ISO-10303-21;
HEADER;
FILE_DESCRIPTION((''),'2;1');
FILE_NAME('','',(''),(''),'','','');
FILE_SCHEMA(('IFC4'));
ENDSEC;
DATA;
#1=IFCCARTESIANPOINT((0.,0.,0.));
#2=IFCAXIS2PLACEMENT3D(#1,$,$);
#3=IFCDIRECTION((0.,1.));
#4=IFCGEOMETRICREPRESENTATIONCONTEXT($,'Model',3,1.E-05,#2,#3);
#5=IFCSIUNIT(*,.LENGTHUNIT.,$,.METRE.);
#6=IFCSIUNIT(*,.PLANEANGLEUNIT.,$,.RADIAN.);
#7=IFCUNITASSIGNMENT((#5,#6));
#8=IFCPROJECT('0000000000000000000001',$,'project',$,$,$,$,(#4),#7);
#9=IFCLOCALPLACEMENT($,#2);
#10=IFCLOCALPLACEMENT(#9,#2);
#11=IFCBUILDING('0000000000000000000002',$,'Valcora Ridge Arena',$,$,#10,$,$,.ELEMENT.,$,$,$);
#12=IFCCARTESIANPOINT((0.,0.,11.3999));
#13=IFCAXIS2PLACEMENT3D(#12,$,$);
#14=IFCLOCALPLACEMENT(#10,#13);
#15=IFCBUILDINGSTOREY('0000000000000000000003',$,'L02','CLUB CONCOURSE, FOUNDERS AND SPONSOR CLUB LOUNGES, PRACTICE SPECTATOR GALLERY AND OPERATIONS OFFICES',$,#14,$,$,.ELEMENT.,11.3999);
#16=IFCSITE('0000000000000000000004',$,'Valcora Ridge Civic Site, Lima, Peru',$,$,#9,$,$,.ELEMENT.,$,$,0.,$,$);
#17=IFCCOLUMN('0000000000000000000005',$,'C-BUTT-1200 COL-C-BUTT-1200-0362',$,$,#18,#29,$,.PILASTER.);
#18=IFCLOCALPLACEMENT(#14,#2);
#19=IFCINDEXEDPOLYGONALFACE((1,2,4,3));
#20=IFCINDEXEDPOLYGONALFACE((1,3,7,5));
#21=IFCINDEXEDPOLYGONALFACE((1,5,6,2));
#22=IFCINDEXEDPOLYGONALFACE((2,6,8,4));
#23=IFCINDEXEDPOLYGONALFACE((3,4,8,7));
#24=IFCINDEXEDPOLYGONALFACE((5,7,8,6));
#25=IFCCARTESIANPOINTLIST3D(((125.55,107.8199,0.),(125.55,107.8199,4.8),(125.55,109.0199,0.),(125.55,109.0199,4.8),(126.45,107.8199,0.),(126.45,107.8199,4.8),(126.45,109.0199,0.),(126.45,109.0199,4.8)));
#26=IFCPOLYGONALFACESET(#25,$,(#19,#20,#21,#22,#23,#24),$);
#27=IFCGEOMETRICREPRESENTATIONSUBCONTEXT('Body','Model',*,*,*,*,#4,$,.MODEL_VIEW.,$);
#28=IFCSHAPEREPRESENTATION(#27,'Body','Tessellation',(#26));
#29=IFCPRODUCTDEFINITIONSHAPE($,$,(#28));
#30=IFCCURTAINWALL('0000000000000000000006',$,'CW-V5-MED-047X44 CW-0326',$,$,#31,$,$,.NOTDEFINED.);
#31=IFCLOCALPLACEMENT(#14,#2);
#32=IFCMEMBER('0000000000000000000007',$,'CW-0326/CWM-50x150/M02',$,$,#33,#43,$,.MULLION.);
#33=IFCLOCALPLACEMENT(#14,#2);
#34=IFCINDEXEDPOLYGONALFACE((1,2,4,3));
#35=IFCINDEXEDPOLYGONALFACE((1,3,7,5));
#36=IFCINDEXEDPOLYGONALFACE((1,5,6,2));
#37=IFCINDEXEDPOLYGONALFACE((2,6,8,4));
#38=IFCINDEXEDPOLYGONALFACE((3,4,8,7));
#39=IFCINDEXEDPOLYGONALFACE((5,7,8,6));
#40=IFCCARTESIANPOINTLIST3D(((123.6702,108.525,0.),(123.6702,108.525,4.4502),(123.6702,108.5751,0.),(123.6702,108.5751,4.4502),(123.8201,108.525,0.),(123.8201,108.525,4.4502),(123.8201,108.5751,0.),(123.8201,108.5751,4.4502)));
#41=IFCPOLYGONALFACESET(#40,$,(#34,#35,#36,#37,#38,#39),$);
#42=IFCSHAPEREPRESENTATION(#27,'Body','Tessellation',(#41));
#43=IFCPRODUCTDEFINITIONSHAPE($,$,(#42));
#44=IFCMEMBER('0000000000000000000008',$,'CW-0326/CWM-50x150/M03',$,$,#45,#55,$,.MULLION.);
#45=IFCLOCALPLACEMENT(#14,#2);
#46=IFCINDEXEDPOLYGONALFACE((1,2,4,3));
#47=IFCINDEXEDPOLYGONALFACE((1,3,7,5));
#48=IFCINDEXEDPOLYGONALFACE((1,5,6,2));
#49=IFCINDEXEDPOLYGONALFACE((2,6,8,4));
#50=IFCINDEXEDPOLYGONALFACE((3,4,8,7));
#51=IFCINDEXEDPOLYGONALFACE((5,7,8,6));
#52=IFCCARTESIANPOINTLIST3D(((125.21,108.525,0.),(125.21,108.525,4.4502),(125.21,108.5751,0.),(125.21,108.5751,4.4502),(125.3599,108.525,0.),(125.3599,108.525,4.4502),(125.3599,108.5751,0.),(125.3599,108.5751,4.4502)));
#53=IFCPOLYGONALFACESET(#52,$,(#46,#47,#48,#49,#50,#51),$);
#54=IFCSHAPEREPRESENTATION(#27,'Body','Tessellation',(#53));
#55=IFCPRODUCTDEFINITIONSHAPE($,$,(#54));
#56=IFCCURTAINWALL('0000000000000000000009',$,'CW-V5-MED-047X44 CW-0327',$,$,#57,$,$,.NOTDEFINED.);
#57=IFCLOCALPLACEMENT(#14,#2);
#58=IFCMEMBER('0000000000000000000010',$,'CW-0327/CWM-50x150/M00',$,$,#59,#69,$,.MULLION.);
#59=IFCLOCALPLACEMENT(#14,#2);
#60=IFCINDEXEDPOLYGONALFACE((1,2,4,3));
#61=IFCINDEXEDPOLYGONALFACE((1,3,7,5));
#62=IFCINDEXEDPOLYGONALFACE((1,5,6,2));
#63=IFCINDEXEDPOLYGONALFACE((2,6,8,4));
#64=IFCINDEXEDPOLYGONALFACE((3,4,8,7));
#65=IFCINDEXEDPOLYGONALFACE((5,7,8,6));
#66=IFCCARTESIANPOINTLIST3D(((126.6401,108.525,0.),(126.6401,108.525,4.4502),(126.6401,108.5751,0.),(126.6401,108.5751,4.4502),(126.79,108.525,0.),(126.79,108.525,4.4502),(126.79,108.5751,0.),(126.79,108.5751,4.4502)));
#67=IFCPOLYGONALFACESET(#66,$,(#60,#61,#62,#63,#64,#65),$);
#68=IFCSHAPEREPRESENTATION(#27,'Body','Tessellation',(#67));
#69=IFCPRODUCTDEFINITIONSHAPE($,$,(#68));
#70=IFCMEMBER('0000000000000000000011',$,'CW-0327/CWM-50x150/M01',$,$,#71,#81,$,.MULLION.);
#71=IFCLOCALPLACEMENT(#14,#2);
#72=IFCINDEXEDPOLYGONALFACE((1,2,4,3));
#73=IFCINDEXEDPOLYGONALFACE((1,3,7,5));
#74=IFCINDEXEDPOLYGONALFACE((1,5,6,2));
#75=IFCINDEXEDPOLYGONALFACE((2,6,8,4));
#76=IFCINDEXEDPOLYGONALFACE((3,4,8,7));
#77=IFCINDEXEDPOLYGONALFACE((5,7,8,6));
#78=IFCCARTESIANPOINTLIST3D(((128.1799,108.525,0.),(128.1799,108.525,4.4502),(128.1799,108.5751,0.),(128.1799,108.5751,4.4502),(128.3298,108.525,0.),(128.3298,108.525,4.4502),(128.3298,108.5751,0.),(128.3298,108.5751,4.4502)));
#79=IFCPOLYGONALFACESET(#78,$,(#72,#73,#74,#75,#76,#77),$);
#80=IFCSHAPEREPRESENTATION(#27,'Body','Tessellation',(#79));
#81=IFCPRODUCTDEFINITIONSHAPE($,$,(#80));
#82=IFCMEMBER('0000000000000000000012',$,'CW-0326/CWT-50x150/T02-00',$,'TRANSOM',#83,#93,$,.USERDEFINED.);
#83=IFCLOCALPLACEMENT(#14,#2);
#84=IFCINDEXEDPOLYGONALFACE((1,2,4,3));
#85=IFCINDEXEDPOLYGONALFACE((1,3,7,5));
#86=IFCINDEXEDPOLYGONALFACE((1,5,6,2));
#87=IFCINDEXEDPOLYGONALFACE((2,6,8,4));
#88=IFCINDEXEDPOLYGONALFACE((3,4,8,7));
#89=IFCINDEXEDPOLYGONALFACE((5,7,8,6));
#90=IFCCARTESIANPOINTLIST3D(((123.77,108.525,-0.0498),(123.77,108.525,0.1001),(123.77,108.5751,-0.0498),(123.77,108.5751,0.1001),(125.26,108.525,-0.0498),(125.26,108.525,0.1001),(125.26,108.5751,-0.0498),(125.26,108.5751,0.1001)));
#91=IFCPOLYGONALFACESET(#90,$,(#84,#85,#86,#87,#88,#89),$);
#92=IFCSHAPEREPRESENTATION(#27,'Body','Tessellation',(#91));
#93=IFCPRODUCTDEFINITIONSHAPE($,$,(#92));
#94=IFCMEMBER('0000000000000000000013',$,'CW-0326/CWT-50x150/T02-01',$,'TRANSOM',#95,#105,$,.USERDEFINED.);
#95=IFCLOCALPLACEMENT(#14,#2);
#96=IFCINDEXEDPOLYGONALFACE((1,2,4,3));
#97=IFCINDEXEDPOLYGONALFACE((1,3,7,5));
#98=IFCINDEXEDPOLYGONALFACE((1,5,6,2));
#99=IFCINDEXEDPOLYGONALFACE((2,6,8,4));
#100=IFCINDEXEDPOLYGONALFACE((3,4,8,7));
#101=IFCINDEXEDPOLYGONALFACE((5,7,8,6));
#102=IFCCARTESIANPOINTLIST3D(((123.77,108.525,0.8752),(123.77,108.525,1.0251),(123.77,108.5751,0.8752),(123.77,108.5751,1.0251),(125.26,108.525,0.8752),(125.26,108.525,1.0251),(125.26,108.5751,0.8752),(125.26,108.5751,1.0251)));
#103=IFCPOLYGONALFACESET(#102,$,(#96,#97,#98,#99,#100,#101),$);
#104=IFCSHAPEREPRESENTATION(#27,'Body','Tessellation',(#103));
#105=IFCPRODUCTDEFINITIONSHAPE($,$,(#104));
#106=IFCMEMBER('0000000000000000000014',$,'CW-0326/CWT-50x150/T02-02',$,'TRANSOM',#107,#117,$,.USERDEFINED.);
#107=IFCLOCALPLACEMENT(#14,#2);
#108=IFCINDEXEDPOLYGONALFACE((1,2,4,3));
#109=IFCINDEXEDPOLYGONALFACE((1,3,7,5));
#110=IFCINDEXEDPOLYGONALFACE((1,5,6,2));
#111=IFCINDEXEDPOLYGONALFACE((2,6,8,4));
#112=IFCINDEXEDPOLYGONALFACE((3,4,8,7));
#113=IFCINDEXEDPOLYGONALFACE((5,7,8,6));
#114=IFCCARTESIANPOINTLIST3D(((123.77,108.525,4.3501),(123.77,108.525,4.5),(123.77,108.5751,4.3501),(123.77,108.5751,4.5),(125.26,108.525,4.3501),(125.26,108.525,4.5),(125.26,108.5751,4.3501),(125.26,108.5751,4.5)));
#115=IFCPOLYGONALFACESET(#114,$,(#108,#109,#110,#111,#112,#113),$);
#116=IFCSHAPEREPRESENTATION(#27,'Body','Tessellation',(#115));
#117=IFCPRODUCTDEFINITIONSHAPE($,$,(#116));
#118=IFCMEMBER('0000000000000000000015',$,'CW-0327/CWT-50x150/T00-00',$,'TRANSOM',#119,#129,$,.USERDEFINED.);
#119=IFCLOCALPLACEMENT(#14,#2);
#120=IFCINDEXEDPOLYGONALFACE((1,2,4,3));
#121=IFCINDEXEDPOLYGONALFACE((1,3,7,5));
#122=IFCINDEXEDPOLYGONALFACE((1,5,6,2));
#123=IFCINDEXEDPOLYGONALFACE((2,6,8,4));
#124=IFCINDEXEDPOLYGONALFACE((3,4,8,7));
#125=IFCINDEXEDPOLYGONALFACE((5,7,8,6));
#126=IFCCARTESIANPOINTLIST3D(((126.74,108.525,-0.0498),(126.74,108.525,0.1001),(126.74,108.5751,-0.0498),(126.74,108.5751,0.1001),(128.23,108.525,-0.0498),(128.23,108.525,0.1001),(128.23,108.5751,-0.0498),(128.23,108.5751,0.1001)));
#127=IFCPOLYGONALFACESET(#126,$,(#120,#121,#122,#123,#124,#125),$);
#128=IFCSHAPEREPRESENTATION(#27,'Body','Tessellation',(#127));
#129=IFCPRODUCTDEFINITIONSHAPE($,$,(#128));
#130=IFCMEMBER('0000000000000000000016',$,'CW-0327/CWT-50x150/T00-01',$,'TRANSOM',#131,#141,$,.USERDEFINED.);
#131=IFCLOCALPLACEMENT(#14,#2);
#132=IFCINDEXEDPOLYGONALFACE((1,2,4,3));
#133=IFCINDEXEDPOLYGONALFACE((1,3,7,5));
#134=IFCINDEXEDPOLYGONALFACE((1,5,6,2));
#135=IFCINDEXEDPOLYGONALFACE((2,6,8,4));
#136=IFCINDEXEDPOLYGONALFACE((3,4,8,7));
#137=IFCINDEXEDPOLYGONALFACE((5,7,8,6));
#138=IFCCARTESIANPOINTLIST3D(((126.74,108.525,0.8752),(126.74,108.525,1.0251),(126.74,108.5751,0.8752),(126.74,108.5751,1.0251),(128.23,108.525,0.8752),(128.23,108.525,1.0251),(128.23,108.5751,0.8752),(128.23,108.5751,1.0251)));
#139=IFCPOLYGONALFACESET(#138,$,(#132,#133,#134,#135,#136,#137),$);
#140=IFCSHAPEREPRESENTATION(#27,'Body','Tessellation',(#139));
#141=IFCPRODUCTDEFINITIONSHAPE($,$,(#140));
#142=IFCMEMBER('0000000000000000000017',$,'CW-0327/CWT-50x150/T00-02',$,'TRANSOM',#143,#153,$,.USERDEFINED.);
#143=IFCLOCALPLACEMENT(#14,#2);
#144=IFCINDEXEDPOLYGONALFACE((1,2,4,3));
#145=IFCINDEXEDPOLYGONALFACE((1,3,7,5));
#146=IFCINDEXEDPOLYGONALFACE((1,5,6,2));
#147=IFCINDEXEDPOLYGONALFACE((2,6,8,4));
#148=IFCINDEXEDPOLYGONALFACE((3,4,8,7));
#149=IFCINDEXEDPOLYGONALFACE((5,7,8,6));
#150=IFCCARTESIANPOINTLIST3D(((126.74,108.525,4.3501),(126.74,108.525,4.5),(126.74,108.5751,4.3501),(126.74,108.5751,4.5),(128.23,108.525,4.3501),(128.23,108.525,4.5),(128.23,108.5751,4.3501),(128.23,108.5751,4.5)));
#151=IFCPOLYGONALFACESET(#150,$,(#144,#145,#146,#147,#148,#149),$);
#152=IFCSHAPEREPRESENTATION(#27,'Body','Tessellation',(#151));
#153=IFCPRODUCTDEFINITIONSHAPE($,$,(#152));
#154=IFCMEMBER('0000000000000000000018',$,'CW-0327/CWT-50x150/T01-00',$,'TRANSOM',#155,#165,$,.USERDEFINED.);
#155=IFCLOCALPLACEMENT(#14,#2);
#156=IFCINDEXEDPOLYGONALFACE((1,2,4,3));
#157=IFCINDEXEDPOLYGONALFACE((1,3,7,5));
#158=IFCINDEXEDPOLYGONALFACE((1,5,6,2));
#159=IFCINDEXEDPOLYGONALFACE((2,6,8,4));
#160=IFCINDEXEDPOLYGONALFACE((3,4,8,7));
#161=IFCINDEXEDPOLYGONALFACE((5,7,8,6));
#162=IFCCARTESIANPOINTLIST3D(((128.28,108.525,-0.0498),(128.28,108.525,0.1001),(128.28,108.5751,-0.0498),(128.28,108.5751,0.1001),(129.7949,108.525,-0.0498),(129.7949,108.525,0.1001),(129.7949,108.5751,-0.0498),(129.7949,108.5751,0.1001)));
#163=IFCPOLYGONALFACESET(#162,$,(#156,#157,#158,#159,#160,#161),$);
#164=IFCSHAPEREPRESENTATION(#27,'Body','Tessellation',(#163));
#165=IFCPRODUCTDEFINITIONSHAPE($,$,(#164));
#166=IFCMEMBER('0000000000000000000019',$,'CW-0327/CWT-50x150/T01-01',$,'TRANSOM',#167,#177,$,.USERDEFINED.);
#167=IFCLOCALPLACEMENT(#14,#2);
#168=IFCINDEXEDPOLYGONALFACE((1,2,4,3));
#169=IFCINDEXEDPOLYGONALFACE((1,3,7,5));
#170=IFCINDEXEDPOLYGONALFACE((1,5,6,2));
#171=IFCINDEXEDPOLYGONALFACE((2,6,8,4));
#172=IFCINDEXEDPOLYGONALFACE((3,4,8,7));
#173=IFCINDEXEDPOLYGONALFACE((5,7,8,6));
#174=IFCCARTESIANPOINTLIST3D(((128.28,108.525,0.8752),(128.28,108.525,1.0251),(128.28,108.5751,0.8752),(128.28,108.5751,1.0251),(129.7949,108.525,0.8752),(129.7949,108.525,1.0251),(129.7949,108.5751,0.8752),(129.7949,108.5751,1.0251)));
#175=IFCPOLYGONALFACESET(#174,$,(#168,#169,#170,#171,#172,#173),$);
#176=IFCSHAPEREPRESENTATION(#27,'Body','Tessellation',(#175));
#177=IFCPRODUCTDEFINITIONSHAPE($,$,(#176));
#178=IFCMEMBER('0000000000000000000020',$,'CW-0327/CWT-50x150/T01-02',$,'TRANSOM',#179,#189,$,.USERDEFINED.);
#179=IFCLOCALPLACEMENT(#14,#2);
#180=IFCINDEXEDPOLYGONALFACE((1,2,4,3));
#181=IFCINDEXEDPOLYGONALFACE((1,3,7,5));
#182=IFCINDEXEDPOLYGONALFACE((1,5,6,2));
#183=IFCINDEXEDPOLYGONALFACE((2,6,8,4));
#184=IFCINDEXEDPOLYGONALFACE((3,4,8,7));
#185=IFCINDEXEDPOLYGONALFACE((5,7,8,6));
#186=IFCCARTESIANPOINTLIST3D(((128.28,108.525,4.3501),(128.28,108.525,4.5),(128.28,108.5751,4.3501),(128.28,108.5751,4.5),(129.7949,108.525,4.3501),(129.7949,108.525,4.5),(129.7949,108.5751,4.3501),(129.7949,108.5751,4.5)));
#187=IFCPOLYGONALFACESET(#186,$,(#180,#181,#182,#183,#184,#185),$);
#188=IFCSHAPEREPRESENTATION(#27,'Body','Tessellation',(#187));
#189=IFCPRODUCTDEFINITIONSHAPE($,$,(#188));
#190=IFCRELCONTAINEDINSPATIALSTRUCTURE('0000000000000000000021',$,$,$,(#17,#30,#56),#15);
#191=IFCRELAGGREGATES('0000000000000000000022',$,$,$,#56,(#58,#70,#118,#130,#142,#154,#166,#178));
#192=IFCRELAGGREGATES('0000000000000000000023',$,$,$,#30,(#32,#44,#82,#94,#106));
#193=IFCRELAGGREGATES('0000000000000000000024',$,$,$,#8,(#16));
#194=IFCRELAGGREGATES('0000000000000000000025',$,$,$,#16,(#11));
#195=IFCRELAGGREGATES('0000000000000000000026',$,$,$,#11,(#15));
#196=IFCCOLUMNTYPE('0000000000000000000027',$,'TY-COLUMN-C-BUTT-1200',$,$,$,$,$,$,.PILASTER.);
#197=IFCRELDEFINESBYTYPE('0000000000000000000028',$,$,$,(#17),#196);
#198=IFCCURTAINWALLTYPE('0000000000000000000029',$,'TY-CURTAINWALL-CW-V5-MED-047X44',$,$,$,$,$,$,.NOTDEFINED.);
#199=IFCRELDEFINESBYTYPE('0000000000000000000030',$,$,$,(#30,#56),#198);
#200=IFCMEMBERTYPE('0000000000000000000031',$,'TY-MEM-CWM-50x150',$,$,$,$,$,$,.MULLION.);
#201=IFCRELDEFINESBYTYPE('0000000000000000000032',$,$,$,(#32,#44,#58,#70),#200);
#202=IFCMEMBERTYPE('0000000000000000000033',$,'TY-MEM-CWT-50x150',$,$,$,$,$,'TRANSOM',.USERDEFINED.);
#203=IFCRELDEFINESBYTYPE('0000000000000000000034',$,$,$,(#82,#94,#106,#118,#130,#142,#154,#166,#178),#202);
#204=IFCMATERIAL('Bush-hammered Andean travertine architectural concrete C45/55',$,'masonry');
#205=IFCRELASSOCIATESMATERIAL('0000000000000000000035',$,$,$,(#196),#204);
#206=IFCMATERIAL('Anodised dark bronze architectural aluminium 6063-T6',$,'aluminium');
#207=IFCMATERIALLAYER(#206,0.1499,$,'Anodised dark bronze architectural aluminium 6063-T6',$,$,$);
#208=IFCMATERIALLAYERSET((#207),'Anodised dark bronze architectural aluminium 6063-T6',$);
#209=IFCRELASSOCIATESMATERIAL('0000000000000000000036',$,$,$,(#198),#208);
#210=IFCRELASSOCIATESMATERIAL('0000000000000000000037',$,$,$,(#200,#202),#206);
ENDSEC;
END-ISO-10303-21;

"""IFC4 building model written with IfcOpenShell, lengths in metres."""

from ifc_helpers import new_model, si_unit, direction, frame, origin, origin_2d, place, context, subcontext, project, spatial, rectangle, extrude, material, layer, layer_set, material_profile, profile_set, type_object, element, aggregate, save


model = new_model("IFC4")

# Units and contexts
model_context = context("Model", 3, precision=1e-05, world=origin(), true_north=direction((0.0, 1.0)))
body_context = subcontext(model_context, "Body", "Model", "MODEL_VIEW")
ifc_project = project(units=[si_unit("LENGTHUNIT", "METRE"), si_unit("PLANEANGLEUNIT", "RADIAN")], contexts=[model_context])

# Site, building, storey
site_placement = place(None, origin())
site = spatial("IfcSite", under=ifc_project, at=site_placement, Name="Valcora Ridge Civic Site, Lima, Peru", CompositionType="ELEMENT", RefElevation=0.0)
building_placement = place(site_placement, origin())
building = spatial("IfcBuilding", under=site, at=building_placement, Name="Valcora Ridge Arena", CompositionType="ELEMENT")
storey_placement = place(building_placement, frame((0.0, 0.0, 11.3999)))
storey = spatial("IfcBuildingStorey", under=building, at=storey_placement, Name="L02", Description="CLUB CONCOURSE, FOUNDERS AND SPONSOR CLUB LOUNGES, PRACTICE SPECTATOR GALLERY AND OPERATIONS OFFICES", CompositionType="ELEMENT", Elevation=11.3999)

# Column
ifc_material_1 = material(Name="Bush-hammered Andean travertine architectural concrete C45/55", Category="masonry")
ifc_material_profile_1 = material_profile(ifc_material_1, rectangle(XDim=0.8999, YDim=1.2, at=origin_2d()), Name="RC 900x1200")
ifc_profile_set_1 = profile_set([ifc_material_profile_1], Name="Bush-hammered Andean travertine architectural concrete C45/55")
column_type = type_object("IfcColumnType", Name="TY-COLUMN-C-BUTT-1200", PredefinedType="PILASTER", material=ifc_profile_set_1)
column_placement = place(storey_placement, frame((126.0, 108.4199, 0.0), z_axis=(0.0, 0.0, 1.0), x_axis=(1.0, 0.0, 0.0)))
element("IfcColumn", 1, at=column_placement, inside=storey, type_object=column_type, Name="C-BUTT-1200 COL-C-BUTT-1200-0362", PredefinedType="PILASTER", context=body_context, shape_type="SweptSolid", body=[
    extrude(rectangle(XDim=0.8999, YDim=1.2, at=origin_2d()), origin(), (0.0, 0.0, 1.0), 4.8),
])

# Curtain walls, members
ifc_material_2 = material(Name="Anodised dark bronze architectural aluminium 6063-T6", Category="aluminium")
ifc_layer_1 = layer(ifc_material_2, 0.1499, Name="Anodised dark bronze architectural aluminium 6063-T6")
ifc_layer_set_1 = layer_set([ifc_layer_1], Name="Anodised dark bronze architectural aluminium 6063-T6")
curtain_wall_type = type_object("IfcCurtainWallType", Name="TY-CURTAINWALL-CW-V5-MED-047X44", PredefinedType="NOTDEFINED", material=ifc_layer_set_1)
curtain_wall_1_placement = place(storey_placement, origin())
curtain_wall_1 = element("IfcCurtainWall", 2, at=curtain_wall_1_placement, inside=storey, type_object=curtain_wall_type, Name="CW-V5-MED-047X44 CW-0326", PredefinedType="NOTDEFINED")
ifc_material_profile_2 = material_profile(ifc_material_2, rectangle(XDim=0.05, YDim=0.1499, at=origin_2d()), Name="ALU MULLION 50x150")
ifc_profile_set_2 = profile_set([ifc_material_profile_2], Name="Anodised dark bronze architectural aluminium 6063-T6")
member_type_1 = type_object("IfcMemberType", Name="TY-MEM-CWM-50x150", PredefinedType="MULLION", material=ifc_profile_set_2)
member_1_placement = place(storey_placement, frame((123.7451, 108.55, 0.0), z_axis=(0.0, 0.0, 1.0), x_axis=(0.0, 1.0, 0.0)))
member_1 = element("IfcMember", 3, at=member_1_placement, type_object=member_type_1, Name="CW-0326/CWM-50x150/M02", PredefinedType="MULLION", context=body_context, shape_type="SweptSolid", body=[
    extrude(rectangle(XDim=0.05, YDim=0.1499, at=origin_2d()), origin(), (0.0, 0.0, 1.0), 4.4502),
])
member_2_placement = place(storey_placement, frame((125.2849, 108.55, 0.0), z_axis=(0.0, 0.0, 1.0), x_axis=(0.0, 1.0, 0.0)))
member_2 = element("IfcMember", 4, at=member_2_placement, type_object=member_type_1, Name="CW-0326/CWM-50x150/M03", PredefinedType="MULLION", context=body_context, shape_type="SweptSolid", body=[
    extrude(rectangle(XDim=0.05, YDim=0.1499, at=origin_2d()), origin(), (0.0, 0.0, 1.0), 4.4502),
])
curtain_wall_2_placement = place(storey_placement, origin())
curtain_wall_2 = element("IfcCurtainWall", 5, at=curtain_wall_2_placement, inside=storey, type_object=curtain_wall_type, Name="CW-V5-MED-047X44 CW-0327", PredefinedType="NOTDEFINED")
member_3_placement = place(storey_placement, frame((126.7151, 108.55, 0.0), z_axis=(0.0, 0.0, 1.0), x_axis=(0.0, 1.0, 0.0)))
member_3 = element("IfcMember", 6, at=member_3_placement, type_object=member_type_1, Name="CW-0327/CWM-50x150/M00", PredefinedType="MULLION", context=body_context, shape_type="SweptSolid", body=[
    extrude(rectangle(XDim=0.05, YDim=0.1499, at=origin_2d()), origin(), (0.0, 0.0, 1.0), 4.4502),
])
member_4_placement = place(storey_placement, frame((128.2549, 108.55, 0.0), z_axis=(0.0, 0.0, 1.0), x_axis=(0.0, 1.0, 0.0)))
member_4 = element("IfcMember", 7, at=member_4_placement, type_object=member_type_1, Name="CW-0327/CWM-50x150/M01", PredefinedType="MULLION", context=body_context, shape_type="SweptSolid", body=[
    extrude(rectangle(XDim=0.05, YDim=0.1499, at=origin_2d()), origin(), (0.0, 0.0, 1.0), 4.4502),
])

# Members
ifc_material_profile_3 = material_profile(ifc_material_2, rectangle(XDim=0.05, YDim=0.1499, at=origin_2d()), Name="ALU TRANSOM 50x150")
ifc_profile_set_3 = profile_set([ifc_material_profile_3], Name="Anodised dark bronze architectural aluminium 6063-T6")
member_type_2 = type_object("IfcMemberType", Name="TY-MEM-CWT-50x150", ElementType="TRANSOM", PredefinedType="USERDEFINED", material=ifc_profile_set_3)
member_5_placement = place(storey_placement, frame((123.77, 108.55, 0.0251), z_axis=(1.0, 0.0, 0.0), x_axis=(0.0, 1.0, 0.0)))
member_5 = element("IfcMember", 8, at=member_5_placement, type_object=member_type_2, Name="CW-0326/CWT-50x150/T02-00", ObjectType="TRANSOM", PredefinedType="USERDEFINED", context=body_context, shape_type="SweptSolid", body=[
    extrude(rectangle(XDim=0.05, YDim=0.1499, at=origin_2d()), origin(), (0.0, 0.0, 1.0), 1.49),
])
member_6_placement = place(storey_placement, frame((123.77, 108.55, 0.9502), z_axis=(1.0, 0.0, 0.0), x_axis=(0.0, 1.0, 0.0)))
member_6 = element("IfcMember", 9, at=member_6_placement, type_object=member_type_2, Name="CW-0326/CWT-50x150/T02-01", ObjectType="TRANSOM", PredefinedType="USERDEFINED", context=body_context, shape_type="SweptSolid", body=[
    extrude(rectangle(XDim=0.05, YDim=0.1499, at=origin_2d()), origin(), (0.0, 0.0, 1.0), 1.49),
])
member_7_placement = place(storey_placement, frame((123.77, 108.55, 4.425), z_axis=(1.0, 0.0, 0.0), x_axis=(0.0, 1.0, 0.0)))
member_7 = element("IfcMember", 10, at=member_7_placement, type_object=member_type_2, Name="CW-0326/CWT-50x150/T02-02", ObjectType="TRANSOM", PredefinedType="USERDEFINED", context=body_context, shape_type="SweptSolid", body=[
    extrude(rectangle(XDim=0.05, YDim=0.1499, at=origin_2d()), origin(), (0.0, 0.0, 1.0), 1.49),
])
member_8_placement = place(storey_placement, frame((126.74, 108.55, 0.0251), z_axis=(1.0, 0.0, 0.0), x_axis=(0.0, 1.0, 0.0)))
member_8 = element("IfcMember", 11, at=member_8_placement, type_object=member_type_2, Name="CW-0327/CWT-50x150/T00-00", ObjectType="TRANSOM", PredefinedType="USERDEFINED", context=body_context, shape_type="SweptSolid", body=[
    extrude(rectangle(XDim=0.05, YDim=0.1499, at=origin_2d()), origin(), (0.0, 0.0, 1.0), 1.49),
])
member_9_placement = place(storey_placement, frame((126.74, 108.55, 0.9502), z_axis=(1.0, 0.0, 0.0), x_axis=(0.0, 1.0, 0.0)))
member_9 = element("IfcMember", 12, at=member_9_placement, type_object=member_type_2, Name="CW-0327/CWT-50x150/T00-01", ObjectType="TRANSOM", PredefinedType="USERDEFINED", context=body_context, shape_type="SweptSolid", body=[
    extrude(rectangle(XDim=0.05, YDim=0.1499, at=origin_2d()), origin(), (0.0, 0.0, 1.0), 1.49),
])
member_10_placement = place(storey_placement, frame((126.74, 108.55, 4.425), z_axis=(1.0, 0.0, 0.0), x_axis=(0.0, 1.0, 0.0)))
member_10 = element("IfcMember", 13, at=member_10_placement, type_object=member_type_2, Name="CW-0327/CWT-50x150/T00-02", ObjectType="TRANSOM", PredefinedType="USERDEFINED", context=body_context, shape_type="SweptSolid", body=[
    extrude(rectangle(XDim=0.05, YDim=0.1499, at=origin_2d()), origin(), (0.0, 0.0, 1.0), 1.49),
])
member_11_placement = place(storey_placement, frame((128.28, 108.55, 0.0251), z_axis=(1.0, 0.0, 0.0), x_axis=(0.0, 1.0, 0.0)))
member_11 = element("IfcMember", 14, at=member_11_placement, type_object=member_type_2, Name="CW-0327/CWT-50x150/T01-00", ObjectType="TRANSOM", PredefinedType="USERDEFINED", context=body_context, shape_type="SweptSolid", body=[
    extrude(rectangle(XDim=0.05, YDim=0.1499, at=origin_2d()), origin(), (0.0, 0.0, 1.0), 1.5149),
])
member_12_placement = place(storey_placement, frame((128.28, 108.55, 0.9502), z_axis=(1.0, 0.0, 0.0), x_axis=(0.0, 1.0, 0.0)))
member_12 = element("IfcMember", 15, at=member_12_placement, type_object=member_type_2, Name="CW-0327/CWT-50x150/T01-01", ObjectType="TRANSOM", PredefinedType="USERDEFINED", context=body_context, shape_type="SweptSolid", body=[
    extrude(rectangle(XDim=0.05, YDim=0.1499, at=origin_2d()), origin(), (0.0, 0.0, 1.0), 1.5149),
])
member_13_placement = place(storey_placement, frame((128.28, 108.55, 4.425), z_axis=(1.0, 0.0, 0.0), x_axis=(0.0, 1.0, 0.0)))
member_13 = element("IfcMember", 16, at=member_13_placement, type_object=member_type_2, Name="CW-0327/CWT-50x150/T01-02", ObjectType="TRANSOM", PredefinedType="USERDEFINED", context=body_context, shape_type="SweptSolid", body=[
    extrude(rectangle(XDim=0.05, YDim=0.1499, at=origin_2d()), origin(), (0.0, 0.0, 1.0), 1.5149),
])

aggregate(curtain_wall_2, [member_3, member_4, member_8, member_9, member_10, member_11, member_12, member_13])
aggregate(curtain_wall_1, [member_1, member_2, member_5, member_6, member_7])

save(model, "model.ifc")
